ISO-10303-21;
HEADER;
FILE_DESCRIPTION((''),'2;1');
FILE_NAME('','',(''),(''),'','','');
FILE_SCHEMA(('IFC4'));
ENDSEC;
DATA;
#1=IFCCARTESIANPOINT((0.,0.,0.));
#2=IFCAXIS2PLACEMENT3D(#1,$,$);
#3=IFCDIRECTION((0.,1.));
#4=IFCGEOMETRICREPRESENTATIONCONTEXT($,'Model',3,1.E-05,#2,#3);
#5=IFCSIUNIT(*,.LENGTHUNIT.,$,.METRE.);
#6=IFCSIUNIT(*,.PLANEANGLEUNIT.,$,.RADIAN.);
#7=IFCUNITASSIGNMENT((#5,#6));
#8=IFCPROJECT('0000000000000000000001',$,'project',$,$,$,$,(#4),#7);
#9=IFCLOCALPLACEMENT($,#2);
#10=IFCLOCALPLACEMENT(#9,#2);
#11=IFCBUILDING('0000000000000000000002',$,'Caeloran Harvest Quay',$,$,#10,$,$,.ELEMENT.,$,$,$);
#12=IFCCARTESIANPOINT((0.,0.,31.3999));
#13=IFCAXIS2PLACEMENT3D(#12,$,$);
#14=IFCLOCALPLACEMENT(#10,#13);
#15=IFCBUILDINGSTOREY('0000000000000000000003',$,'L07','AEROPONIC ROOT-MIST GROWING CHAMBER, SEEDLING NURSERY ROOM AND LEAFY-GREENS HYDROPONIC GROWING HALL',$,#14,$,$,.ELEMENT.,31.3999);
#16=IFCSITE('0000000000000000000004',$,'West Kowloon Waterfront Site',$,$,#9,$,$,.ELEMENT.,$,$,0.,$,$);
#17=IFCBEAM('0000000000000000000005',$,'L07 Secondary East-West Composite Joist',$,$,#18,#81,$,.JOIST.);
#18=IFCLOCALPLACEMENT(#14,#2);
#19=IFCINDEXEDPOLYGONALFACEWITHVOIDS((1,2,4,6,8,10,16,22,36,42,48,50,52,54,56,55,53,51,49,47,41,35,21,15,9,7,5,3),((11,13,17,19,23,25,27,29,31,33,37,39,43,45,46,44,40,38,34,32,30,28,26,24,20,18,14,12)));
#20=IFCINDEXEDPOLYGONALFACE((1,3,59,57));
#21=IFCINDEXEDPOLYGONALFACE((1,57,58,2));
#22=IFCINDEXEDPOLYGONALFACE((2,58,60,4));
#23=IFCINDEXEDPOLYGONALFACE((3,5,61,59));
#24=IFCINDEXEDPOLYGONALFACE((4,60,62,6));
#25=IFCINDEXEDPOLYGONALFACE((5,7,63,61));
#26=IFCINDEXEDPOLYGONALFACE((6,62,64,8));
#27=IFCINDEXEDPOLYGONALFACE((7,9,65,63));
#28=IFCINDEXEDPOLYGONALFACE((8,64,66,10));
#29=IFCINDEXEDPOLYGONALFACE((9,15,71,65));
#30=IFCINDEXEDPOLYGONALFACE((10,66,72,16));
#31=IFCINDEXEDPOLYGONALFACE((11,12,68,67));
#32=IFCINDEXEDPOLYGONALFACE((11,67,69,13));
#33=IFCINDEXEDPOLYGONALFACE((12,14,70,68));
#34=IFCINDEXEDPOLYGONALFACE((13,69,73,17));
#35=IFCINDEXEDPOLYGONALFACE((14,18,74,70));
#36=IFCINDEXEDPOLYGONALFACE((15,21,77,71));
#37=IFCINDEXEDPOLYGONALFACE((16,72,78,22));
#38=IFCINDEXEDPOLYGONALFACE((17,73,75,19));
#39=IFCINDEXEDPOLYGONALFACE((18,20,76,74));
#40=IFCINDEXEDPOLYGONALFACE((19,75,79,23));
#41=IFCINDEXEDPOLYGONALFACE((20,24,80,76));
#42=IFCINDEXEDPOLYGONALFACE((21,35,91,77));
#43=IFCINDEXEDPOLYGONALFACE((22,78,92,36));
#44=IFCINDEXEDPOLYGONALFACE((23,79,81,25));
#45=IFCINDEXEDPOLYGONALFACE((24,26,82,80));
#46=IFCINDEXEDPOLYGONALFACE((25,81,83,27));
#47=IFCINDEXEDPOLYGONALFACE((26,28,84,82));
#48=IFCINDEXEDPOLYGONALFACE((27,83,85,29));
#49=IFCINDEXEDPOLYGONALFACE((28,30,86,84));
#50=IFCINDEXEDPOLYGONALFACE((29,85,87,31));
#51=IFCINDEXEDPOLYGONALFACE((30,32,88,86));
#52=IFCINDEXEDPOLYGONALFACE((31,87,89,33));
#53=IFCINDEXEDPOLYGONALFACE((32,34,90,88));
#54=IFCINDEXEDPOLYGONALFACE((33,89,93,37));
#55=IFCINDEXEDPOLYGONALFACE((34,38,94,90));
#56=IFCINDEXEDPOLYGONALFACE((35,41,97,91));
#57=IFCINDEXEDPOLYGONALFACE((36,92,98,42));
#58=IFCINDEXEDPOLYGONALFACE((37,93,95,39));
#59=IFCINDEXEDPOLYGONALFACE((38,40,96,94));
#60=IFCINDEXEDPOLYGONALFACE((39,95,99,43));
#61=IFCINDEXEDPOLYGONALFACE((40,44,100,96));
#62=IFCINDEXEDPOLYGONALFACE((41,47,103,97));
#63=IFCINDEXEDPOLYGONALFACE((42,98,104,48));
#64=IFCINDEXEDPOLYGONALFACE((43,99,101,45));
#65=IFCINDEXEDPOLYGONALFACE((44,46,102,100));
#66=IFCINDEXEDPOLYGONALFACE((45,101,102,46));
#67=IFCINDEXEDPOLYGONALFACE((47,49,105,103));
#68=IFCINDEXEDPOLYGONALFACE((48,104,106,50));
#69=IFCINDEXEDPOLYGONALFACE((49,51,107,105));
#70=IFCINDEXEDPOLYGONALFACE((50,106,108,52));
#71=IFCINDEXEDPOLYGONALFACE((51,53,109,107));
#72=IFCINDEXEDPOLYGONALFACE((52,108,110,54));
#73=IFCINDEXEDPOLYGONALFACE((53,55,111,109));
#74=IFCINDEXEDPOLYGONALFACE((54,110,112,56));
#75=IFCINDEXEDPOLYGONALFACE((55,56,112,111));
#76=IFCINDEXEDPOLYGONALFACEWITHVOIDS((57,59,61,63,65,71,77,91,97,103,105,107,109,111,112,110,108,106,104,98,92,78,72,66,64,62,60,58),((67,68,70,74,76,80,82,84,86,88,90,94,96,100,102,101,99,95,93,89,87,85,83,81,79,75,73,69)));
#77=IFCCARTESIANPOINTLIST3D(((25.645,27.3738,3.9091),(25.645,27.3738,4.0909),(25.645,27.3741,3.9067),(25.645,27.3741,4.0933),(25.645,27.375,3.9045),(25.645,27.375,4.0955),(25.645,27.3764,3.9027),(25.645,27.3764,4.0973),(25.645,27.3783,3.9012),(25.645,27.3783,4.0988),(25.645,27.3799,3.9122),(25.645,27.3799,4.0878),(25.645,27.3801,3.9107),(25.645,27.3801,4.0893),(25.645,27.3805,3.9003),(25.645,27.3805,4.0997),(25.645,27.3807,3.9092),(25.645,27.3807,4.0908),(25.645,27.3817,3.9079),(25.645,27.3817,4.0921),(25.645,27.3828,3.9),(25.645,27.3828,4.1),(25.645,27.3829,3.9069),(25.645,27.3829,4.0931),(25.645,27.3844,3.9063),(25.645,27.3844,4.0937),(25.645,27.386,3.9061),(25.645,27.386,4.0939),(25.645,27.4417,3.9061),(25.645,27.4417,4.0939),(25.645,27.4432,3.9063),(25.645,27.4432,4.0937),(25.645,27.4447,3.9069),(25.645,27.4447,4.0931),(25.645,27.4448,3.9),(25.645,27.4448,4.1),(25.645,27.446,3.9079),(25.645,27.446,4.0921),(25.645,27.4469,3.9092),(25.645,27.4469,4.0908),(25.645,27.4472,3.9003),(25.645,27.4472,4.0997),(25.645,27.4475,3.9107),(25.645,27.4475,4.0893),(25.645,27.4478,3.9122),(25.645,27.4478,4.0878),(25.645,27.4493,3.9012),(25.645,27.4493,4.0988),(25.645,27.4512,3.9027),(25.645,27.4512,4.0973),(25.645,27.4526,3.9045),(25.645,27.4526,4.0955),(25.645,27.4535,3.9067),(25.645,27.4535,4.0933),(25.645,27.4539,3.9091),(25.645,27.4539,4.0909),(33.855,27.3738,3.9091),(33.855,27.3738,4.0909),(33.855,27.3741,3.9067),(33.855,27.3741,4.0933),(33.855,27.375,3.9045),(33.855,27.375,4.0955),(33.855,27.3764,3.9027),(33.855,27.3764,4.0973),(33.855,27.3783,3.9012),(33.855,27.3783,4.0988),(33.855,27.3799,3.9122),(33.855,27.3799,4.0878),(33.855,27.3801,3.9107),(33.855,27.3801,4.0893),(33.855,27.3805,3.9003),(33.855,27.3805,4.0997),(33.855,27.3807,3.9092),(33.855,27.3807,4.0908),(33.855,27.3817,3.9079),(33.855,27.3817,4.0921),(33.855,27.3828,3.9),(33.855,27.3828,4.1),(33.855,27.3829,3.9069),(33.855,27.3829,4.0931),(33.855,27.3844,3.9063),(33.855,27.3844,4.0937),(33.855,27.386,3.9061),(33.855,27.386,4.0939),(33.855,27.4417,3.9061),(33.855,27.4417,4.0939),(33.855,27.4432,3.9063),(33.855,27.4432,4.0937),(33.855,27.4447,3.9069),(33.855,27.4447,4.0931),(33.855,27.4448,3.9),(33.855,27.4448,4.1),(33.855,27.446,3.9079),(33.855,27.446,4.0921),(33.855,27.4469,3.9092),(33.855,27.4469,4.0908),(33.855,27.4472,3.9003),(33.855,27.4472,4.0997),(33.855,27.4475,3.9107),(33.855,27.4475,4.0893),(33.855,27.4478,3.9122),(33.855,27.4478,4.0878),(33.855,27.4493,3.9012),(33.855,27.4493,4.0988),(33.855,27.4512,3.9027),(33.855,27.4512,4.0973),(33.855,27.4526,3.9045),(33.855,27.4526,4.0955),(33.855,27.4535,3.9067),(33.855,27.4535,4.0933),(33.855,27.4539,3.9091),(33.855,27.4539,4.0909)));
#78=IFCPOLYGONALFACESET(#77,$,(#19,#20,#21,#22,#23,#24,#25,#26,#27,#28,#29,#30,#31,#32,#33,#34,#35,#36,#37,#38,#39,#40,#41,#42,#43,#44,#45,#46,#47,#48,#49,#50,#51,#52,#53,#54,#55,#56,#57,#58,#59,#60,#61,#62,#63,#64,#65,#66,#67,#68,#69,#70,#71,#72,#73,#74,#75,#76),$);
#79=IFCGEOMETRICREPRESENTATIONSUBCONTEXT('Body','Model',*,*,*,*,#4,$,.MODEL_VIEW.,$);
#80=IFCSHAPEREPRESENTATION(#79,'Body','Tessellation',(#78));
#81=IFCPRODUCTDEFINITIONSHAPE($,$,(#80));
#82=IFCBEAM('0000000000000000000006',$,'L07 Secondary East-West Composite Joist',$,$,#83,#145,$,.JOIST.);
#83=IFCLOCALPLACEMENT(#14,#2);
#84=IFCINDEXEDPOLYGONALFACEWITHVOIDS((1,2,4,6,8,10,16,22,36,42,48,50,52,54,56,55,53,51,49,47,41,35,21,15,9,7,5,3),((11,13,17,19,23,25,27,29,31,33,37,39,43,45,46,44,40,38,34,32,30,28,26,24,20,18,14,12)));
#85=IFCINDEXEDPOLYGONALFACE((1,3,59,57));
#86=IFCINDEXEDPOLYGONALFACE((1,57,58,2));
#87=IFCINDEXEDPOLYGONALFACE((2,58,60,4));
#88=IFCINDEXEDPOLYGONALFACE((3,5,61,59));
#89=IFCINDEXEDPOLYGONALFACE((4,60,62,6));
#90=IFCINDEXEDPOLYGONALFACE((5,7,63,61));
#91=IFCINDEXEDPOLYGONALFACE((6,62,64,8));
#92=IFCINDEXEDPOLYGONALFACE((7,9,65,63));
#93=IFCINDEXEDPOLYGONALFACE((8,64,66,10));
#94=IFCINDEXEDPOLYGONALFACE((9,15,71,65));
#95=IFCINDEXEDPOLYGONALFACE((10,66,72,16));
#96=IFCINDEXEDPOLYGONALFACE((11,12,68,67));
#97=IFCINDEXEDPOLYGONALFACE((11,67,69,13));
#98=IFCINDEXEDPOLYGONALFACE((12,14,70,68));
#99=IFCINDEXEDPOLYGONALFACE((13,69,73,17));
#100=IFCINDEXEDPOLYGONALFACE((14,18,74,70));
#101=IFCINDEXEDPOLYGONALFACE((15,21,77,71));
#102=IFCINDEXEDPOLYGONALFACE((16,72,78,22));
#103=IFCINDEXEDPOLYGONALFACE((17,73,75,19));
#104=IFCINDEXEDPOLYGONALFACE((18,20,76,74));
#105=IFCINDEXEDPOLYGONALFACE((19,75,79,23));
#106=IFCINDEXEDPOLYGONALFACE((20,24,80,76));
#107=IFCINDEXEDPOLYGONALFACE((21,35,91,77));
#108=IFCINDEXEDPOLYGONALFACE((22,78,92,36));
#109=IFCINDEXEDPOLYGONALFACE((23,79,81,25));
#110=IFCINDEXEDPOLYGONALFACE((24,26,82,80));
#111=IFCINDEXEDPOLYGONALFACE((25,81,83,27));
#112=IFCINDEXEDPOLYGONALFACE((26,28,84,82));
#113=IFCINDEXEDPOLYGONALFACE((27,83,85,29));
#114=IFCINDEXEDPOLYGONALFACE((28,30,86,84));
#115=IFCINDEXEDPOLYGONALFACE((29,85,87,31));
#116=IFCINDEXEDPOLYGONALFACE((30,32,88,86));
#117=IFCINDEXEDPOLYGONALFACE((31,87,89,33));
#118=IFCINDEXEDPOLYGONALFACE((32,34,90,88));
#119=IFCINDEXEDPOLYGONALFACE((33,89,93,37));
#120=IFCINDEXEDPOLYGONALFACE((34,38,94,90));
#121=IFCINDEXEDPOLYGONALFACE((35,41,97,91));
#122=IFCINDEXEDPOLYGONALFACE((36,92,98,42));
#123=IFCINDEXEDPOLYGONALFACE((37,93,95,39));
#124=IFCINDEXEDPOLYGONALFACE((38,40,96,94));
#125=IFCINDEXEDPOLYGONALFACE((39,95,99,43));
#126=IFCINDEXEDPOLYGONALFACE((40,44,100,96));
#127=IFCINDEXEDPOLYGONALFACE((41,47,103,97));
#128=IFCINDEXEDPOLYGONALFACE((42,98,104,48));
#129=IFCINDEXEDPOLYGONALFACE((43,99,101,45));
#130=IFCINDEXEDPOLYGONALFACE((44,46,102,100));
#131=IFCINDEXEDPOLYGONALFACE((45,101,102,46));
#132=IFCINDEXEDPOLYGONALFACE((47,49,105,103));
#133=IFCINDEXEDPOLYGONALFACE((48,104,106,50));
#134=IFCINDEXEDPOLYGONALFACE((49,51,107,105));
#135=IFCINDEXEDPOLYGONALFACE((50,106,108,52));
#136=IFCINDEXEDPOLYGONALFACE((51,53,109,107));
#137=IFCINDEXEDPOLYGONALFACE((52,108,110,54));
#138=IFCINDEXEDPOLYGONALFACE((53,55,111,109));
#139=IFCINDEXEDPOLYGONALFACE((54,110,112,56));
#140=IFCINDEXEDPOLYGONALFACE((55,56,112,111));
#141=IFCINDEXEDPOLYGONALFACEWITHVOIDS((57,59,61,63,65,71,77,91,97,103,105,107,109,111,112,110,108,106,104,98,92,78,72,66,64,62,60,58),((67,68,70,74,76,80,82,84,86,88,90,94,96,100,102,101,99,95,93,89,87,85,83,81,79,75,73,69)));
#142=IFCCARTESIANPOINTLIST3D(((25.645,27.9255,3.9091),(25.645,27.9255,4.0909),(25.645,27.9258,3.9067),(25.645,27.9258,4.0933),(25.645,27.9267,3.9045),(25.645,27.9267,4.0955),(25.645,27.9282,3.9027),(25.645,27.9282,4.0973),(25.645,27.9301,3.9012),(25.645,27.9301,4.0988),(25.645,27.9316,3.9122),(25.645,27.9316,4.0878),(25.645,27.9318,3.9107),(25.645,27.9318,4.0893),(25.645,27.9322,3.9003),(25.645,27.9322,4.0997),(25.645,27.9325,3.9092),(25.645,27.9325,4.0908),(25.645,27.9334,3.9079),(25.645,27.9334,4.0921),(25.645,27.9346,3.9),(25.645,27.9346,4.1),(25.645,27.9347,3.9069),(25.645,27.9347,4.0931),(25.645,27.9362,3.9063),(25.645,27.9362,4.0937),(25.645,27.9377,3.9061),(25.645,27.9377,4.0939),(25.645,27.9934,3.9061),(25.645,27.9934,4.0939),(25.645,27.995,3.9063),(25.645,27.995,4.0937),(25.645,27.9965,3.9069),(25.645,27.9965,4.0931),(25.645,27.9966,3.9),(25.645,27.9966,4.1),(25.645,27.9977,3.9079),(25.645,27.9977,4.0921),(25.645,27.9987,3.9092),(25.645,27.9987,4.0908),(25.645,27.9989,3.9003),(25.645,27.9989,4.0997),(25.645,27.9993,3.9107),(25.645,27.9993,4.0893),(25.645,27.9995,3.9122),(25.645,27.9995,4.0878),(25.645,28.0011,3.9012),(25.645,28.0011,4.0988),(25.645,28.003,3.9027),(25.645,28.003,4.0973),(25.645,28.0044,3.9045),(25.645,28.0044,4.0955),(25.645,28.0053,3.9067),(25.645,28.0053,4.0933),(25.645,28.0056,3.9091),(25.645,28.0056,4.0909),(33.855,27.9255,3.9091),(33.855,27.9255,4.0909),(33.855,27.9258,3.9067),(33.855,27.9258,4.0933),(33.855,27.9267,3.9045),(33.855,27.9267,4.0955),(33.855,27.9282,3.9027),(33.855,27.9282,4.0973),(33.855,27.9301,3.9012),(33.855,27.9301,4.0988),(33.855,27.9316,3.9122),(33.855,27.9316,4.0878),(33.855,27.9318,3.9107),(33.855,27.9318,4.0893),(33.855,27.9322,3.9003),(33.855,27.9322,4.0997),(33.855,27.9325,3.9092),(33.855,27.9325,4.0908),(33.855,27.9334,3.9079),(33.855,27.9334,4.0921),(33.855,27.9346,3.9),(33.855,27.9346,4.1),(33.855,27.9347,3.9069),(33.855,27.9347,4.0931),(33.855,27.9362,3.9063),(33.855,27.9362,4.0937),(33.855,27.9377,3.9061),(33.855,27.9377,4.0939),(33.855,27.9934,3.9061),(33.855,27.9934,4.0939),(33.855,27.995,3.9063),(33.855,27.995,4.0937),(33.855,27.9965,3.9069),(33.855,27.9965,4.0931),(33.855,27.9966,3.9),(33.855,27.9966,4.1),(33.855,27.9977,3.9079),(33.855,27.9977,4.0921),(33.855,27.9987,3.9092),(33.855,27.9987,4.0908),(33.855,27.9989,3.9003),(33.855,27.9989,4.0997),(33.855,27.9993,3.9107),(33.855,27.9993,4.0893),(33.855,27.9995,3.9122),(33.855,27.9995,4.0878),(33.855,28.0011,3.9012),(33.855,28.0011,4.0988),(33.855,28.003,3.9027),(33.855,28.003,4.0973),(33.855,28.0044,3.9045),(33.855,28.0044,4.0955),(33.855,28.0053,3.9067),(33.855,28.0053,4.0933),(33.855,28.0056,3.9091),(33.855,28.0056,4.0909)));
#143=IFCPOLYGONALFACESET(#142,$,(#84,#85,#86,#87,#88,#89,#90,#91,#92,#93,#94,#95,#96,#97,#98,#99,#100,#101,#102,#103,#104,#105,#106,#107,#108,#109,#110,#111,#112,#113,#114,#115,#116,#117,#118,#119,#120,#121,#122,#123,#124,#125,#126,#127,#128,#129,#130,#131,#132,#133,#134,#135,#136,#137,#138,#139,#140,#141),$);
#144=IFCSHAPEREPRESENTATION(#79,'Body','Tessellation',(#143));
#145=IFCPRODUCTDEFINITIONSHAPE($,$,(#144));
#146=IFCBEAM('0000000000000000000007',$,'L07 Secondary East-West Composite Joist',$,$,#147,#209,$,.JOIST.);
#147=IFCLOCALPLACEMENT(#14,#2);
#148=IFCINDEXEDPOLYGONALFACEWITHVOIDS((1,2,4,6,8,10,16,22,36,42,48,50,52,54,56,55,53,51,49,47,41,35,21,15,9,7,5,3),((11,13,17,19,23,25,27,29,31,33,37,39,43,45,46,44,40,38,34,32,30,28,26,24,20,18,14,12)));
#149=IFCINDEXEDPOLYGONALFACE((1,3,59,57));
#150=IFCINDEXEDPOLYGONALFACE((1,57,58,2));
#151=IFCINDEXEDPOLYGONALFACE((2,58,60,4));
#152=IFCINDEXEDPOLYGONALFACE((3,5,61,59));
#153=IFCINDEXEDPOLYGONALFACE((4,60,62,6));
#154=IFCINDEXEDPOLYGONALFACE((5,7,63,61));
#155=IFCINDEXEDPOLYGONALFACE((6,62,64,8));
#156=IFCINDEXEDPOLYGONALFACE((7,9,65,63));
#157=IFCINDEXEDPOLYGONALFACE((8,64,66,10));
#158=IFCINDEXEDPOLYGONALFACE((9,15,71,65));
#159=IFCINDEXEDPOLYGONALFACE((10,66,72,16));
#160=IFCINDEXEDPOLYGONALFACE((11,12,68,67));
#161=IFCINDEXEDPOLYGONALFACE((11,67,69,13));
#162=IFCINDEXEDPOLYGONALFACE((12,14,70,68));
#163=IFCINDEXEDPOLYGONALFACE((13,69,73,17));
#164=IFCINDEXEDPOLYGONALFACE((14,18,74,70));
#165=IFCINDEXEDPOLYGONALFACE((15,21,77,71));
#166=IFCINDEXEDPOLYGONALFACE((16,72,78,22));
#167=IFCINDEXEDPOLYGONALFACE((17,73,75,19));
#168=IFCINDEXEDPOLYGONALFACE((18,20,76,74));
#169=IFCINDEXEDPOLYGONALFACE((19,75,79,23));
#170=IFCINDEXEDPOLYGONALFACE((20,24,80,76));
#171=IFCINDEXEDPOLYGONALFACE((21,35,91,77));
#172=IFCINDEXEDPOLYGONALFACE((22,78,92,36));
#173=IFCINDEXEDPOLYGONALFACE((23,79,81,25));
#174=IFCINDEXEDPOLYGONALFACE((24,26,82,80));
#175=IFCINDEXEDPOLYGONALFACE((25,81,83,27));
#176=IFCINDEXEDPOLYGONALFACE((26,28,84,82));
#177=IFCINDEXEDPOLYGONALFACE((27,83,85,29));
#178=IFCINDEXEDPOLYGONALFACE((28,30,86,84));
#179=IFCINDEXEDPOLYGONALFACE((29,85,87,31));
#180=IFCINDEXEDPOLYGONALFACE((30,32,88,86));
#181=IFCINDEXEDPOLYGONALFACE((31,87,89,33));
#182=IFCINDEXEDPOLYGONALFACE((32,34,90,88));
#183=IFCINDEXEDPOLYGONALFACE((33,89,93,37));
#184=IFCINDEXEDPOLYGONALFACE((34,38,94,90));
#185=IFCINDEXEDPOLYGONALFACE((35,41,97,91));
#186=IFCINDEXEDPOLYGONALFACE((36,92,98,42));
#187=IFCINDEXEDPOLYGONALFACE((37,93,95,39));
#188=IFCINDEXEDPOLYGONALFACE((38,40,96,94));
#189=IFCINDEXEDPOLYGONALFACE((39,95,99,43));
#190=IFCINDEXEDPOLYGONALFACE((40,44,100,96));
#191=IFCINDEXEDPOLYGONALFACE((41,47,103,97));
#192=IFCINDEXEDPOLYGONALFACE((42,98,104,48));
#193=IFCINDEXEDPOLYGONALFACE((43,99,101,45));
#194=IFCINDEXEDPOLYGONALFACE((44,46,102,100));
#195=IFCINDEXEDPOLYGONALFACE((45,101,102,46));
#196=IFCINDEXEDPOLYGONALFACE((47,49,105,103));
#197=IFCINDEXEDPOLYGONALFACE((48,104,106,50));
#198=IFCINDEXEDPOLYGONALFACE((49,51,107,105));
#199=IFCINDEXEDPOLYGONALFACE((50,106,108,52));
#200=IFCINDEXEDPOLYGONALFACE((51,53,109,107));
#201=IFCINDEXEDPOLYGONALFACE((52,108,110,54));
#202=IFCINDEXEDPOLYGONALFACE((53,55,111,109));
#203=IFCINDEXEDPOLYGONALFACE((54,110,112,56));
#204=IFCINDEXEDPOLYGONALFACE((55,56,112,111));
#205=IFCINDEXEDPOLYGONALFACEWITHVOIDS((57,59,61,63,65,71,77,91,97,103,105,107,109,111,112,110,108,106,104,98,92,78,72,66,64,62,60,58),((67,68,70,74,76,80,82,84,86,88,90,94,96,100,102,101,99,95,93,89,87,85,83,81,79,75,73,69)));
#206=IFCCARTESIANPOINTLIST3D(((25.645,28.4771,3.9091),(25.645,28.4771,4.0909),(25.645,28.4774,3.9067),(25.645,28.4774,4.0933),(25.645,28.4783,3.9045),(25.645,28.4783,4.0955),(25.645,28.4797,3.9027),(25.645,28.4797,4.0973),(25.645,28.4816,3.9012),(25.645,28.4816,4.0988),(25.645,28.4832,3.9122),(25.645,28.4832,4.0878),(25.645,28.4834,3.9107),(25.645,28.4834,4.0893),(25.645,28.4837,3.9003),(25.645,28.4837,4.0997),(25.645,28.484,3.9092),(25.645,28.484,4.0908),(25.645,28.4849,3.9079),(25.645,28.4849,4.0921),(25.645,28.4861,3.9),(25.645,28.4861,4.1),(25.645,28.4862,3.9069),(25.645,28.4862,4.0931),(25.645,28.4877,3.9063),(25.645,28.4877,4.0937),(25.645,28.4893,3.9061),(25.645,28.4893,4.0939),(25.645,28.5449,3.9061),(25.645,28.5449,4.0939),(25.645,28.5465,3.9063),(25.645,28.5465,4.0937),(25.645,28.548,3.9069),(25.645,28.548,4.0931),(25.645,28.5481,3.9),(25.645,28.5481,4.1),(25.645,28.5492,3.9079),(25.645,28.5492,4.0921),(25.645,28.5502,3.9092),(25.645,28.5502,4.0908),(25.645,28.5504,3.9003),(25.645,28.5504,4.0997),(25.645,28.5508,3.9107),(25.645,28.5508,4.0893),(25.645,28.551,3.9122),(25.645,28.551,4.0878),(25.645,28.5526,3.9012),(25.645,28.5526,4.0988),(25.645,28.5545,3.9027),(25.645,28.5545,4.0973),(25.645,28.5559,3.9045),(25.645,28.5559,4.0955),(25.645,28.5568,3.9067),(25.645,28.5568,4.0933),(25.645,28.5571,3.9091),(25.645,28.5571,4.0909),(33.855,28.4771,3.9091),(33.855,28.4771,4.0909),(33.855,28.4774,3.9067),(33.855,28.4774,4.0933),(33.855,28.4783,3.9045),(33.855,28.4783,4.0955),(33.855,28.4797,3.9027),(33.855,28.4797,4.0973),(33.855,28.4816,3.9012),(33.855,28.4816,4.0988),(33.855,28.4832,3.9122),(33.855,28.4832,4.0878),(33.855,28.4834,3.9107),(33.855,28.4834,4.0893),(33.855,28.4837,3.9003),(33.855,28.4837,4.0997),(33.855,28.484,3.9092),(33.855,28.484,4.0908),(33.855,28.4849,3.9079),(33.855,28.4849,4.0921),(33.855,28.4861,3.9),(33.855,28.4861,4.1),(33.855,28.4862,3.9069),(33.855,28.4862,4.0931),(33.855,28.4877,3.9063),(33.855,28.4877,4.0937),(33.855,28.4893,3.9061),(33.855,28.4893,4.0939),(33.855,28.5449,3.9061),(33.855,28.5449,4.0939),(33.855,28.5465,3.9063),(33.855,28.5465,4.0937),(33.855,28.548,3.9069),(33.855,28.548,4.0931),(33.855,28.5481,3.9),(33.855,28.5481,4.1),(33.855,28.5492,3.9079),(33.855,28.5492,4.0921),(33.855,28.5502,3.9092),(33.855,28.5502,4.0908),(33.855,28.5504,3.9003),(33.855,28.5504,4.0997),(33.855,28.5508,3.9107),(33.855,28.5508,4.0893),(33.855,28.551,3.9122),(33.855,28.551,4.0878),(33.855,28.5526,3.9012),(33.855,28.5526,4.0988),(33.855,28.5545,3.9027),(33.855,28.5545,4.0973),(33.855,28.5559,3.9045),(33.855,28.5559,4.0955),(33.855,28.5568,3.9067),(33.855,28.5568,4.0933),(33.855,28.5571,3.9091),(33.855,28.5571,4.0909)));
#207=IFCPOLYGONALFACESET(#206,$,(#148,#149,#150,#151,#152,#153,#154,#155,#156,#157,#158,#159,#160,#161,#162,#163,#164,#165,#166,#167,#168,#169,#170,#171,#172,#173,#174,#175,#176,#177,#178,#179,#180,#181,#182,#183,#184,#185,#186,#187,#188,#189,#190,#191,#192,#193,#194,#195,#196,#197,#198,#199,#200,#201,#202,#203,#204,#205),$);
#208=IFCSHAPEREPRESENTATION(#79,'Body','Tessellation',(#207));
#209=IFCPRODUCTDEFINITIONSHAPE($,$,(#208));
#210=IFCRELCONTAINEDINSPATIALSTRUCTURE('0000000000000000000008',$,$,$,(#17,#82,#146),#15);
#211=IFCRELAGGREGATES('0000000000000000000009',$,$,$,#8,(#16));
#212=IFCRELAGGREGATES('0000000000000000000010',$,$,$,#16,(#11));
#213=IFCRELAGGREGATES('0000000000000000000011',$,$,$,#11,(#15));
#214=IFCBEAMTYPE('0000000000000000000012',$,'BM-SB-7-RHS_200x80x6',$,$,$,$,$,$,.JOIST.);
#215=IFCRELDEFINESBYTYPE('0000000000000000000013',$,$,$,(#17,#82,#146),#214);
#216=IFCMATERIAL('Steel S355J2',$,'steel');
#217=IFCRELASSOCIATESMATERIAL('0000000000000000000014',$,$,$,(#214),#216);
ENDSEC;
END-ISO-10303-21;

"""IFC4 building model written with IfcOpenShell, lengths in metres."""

from ifc_helpers import new_model, si_unit, direction, frame, origin, origin_2d, place, context, subcontext, project, spatial, hollow_rectangle, extrude, material, material_profile, profile_set, type_object, element, save


model = new_model("IFC4")

# Units and contexts
model_context = context("Model", 3, precision=1e-05, world=origin(), true_north=direction((0.0, 1.0)))
body_context = subcontext(model_context, "Body", "Model", "MODEL_VIEW")
ifc_project = project(units=[si_unit("LENGTHUNIT", "METRE"), si_unit("PLANEANGLEUNIT", "RADIAN")], contexts=[model_context])

# Site, building, storey
site_placement = place(None, origin())
site = spatial("IfcSite", under=ifc_project, at=site_placement, Name="West Kowloon Waterfront Site", CompositionType="ELEMENT", RefElevation=0.0)
building_placement = place(site_placement, origin())
building = spatial("IfcBuilding", under=site, at=building_placement, Name="Caeloran Harvest Quay", CompositionType="ELEMENT")
storey_placement = place(building_placement, frame((0.0, 0.0, 31.3999)))
storey = spatial("IfcBuildingStorey", under=building, at=storey_placement, Name="L07", Description="AEROPONIC ROOT-MIST GROWING CHAMBER, SEEDLING NURSERY ROOM AND LEAFY-GREENS HYDROPONIC GROWING HALL", CompositionType="ELEMENT", Elevation=31.3999)

# Beams
ifc_material_1 = material(Name="Steel S355J2", Category="steel")
ifc_material_profile_1 = material_profile(ifc_material_1, hollow_rectangle(XDim=0.0801, YDim=0.2, WallThickness=0.0061, InnerFilletRadius=0.0061, OuterFilletRadius=0.009, at=origin_2d()), Name="RHS 200x80x6")
ifc_profile_set_1 = profile_set([ifc_material_profile_1], Name="Steel S355J2")
beam_type_1 = type_object("IfcBeamType", Name="BM-SB-7-RHS_200x80x6", PredefinedType="JOIST", material=ifc_profile_set_1)
for number, where, z_axis, x_axis, name in (
    (1, (25.645, 27.4138, 4.0), (1.0, 0.0, 0.0), (0.0, 1.0, 0.0), "L07 Secondary East-West Composite Joist"),
    (2, (25.645, 27.9656, 4.0), (1.0, 0.0, 0.0), (0.0, 1.0, 0.0), "L07 Secondary East-West Composite Joist"),
    (3, (25.645, 28.5171, 4.0), (1.0, 0.0, 0.0), (0.0, 1.0, 0.0), "L07 Secondary East-West Composite Joist"),
):
    element("IfcBeam", number, at=place(storey_placement, frame(where, z_axis=z_axis, x_axis=x_axis)), inside=storey, type_object=beam_type_1, Name=name, PredefinedType="JOIST", context=body_context, shape_type="SweptSolid", body=[
        extrude(hollow_rectangle(XDim=0.0801, YDim=0.2, WallThickness=0.0061, InnerFilletRadius=0.0061, OuterFilletRadius=0.009, at=origin_2d()), origin(), (0.0, 0.0, 1.0), 8.21),
    ])

save(model, "model.ifc")
